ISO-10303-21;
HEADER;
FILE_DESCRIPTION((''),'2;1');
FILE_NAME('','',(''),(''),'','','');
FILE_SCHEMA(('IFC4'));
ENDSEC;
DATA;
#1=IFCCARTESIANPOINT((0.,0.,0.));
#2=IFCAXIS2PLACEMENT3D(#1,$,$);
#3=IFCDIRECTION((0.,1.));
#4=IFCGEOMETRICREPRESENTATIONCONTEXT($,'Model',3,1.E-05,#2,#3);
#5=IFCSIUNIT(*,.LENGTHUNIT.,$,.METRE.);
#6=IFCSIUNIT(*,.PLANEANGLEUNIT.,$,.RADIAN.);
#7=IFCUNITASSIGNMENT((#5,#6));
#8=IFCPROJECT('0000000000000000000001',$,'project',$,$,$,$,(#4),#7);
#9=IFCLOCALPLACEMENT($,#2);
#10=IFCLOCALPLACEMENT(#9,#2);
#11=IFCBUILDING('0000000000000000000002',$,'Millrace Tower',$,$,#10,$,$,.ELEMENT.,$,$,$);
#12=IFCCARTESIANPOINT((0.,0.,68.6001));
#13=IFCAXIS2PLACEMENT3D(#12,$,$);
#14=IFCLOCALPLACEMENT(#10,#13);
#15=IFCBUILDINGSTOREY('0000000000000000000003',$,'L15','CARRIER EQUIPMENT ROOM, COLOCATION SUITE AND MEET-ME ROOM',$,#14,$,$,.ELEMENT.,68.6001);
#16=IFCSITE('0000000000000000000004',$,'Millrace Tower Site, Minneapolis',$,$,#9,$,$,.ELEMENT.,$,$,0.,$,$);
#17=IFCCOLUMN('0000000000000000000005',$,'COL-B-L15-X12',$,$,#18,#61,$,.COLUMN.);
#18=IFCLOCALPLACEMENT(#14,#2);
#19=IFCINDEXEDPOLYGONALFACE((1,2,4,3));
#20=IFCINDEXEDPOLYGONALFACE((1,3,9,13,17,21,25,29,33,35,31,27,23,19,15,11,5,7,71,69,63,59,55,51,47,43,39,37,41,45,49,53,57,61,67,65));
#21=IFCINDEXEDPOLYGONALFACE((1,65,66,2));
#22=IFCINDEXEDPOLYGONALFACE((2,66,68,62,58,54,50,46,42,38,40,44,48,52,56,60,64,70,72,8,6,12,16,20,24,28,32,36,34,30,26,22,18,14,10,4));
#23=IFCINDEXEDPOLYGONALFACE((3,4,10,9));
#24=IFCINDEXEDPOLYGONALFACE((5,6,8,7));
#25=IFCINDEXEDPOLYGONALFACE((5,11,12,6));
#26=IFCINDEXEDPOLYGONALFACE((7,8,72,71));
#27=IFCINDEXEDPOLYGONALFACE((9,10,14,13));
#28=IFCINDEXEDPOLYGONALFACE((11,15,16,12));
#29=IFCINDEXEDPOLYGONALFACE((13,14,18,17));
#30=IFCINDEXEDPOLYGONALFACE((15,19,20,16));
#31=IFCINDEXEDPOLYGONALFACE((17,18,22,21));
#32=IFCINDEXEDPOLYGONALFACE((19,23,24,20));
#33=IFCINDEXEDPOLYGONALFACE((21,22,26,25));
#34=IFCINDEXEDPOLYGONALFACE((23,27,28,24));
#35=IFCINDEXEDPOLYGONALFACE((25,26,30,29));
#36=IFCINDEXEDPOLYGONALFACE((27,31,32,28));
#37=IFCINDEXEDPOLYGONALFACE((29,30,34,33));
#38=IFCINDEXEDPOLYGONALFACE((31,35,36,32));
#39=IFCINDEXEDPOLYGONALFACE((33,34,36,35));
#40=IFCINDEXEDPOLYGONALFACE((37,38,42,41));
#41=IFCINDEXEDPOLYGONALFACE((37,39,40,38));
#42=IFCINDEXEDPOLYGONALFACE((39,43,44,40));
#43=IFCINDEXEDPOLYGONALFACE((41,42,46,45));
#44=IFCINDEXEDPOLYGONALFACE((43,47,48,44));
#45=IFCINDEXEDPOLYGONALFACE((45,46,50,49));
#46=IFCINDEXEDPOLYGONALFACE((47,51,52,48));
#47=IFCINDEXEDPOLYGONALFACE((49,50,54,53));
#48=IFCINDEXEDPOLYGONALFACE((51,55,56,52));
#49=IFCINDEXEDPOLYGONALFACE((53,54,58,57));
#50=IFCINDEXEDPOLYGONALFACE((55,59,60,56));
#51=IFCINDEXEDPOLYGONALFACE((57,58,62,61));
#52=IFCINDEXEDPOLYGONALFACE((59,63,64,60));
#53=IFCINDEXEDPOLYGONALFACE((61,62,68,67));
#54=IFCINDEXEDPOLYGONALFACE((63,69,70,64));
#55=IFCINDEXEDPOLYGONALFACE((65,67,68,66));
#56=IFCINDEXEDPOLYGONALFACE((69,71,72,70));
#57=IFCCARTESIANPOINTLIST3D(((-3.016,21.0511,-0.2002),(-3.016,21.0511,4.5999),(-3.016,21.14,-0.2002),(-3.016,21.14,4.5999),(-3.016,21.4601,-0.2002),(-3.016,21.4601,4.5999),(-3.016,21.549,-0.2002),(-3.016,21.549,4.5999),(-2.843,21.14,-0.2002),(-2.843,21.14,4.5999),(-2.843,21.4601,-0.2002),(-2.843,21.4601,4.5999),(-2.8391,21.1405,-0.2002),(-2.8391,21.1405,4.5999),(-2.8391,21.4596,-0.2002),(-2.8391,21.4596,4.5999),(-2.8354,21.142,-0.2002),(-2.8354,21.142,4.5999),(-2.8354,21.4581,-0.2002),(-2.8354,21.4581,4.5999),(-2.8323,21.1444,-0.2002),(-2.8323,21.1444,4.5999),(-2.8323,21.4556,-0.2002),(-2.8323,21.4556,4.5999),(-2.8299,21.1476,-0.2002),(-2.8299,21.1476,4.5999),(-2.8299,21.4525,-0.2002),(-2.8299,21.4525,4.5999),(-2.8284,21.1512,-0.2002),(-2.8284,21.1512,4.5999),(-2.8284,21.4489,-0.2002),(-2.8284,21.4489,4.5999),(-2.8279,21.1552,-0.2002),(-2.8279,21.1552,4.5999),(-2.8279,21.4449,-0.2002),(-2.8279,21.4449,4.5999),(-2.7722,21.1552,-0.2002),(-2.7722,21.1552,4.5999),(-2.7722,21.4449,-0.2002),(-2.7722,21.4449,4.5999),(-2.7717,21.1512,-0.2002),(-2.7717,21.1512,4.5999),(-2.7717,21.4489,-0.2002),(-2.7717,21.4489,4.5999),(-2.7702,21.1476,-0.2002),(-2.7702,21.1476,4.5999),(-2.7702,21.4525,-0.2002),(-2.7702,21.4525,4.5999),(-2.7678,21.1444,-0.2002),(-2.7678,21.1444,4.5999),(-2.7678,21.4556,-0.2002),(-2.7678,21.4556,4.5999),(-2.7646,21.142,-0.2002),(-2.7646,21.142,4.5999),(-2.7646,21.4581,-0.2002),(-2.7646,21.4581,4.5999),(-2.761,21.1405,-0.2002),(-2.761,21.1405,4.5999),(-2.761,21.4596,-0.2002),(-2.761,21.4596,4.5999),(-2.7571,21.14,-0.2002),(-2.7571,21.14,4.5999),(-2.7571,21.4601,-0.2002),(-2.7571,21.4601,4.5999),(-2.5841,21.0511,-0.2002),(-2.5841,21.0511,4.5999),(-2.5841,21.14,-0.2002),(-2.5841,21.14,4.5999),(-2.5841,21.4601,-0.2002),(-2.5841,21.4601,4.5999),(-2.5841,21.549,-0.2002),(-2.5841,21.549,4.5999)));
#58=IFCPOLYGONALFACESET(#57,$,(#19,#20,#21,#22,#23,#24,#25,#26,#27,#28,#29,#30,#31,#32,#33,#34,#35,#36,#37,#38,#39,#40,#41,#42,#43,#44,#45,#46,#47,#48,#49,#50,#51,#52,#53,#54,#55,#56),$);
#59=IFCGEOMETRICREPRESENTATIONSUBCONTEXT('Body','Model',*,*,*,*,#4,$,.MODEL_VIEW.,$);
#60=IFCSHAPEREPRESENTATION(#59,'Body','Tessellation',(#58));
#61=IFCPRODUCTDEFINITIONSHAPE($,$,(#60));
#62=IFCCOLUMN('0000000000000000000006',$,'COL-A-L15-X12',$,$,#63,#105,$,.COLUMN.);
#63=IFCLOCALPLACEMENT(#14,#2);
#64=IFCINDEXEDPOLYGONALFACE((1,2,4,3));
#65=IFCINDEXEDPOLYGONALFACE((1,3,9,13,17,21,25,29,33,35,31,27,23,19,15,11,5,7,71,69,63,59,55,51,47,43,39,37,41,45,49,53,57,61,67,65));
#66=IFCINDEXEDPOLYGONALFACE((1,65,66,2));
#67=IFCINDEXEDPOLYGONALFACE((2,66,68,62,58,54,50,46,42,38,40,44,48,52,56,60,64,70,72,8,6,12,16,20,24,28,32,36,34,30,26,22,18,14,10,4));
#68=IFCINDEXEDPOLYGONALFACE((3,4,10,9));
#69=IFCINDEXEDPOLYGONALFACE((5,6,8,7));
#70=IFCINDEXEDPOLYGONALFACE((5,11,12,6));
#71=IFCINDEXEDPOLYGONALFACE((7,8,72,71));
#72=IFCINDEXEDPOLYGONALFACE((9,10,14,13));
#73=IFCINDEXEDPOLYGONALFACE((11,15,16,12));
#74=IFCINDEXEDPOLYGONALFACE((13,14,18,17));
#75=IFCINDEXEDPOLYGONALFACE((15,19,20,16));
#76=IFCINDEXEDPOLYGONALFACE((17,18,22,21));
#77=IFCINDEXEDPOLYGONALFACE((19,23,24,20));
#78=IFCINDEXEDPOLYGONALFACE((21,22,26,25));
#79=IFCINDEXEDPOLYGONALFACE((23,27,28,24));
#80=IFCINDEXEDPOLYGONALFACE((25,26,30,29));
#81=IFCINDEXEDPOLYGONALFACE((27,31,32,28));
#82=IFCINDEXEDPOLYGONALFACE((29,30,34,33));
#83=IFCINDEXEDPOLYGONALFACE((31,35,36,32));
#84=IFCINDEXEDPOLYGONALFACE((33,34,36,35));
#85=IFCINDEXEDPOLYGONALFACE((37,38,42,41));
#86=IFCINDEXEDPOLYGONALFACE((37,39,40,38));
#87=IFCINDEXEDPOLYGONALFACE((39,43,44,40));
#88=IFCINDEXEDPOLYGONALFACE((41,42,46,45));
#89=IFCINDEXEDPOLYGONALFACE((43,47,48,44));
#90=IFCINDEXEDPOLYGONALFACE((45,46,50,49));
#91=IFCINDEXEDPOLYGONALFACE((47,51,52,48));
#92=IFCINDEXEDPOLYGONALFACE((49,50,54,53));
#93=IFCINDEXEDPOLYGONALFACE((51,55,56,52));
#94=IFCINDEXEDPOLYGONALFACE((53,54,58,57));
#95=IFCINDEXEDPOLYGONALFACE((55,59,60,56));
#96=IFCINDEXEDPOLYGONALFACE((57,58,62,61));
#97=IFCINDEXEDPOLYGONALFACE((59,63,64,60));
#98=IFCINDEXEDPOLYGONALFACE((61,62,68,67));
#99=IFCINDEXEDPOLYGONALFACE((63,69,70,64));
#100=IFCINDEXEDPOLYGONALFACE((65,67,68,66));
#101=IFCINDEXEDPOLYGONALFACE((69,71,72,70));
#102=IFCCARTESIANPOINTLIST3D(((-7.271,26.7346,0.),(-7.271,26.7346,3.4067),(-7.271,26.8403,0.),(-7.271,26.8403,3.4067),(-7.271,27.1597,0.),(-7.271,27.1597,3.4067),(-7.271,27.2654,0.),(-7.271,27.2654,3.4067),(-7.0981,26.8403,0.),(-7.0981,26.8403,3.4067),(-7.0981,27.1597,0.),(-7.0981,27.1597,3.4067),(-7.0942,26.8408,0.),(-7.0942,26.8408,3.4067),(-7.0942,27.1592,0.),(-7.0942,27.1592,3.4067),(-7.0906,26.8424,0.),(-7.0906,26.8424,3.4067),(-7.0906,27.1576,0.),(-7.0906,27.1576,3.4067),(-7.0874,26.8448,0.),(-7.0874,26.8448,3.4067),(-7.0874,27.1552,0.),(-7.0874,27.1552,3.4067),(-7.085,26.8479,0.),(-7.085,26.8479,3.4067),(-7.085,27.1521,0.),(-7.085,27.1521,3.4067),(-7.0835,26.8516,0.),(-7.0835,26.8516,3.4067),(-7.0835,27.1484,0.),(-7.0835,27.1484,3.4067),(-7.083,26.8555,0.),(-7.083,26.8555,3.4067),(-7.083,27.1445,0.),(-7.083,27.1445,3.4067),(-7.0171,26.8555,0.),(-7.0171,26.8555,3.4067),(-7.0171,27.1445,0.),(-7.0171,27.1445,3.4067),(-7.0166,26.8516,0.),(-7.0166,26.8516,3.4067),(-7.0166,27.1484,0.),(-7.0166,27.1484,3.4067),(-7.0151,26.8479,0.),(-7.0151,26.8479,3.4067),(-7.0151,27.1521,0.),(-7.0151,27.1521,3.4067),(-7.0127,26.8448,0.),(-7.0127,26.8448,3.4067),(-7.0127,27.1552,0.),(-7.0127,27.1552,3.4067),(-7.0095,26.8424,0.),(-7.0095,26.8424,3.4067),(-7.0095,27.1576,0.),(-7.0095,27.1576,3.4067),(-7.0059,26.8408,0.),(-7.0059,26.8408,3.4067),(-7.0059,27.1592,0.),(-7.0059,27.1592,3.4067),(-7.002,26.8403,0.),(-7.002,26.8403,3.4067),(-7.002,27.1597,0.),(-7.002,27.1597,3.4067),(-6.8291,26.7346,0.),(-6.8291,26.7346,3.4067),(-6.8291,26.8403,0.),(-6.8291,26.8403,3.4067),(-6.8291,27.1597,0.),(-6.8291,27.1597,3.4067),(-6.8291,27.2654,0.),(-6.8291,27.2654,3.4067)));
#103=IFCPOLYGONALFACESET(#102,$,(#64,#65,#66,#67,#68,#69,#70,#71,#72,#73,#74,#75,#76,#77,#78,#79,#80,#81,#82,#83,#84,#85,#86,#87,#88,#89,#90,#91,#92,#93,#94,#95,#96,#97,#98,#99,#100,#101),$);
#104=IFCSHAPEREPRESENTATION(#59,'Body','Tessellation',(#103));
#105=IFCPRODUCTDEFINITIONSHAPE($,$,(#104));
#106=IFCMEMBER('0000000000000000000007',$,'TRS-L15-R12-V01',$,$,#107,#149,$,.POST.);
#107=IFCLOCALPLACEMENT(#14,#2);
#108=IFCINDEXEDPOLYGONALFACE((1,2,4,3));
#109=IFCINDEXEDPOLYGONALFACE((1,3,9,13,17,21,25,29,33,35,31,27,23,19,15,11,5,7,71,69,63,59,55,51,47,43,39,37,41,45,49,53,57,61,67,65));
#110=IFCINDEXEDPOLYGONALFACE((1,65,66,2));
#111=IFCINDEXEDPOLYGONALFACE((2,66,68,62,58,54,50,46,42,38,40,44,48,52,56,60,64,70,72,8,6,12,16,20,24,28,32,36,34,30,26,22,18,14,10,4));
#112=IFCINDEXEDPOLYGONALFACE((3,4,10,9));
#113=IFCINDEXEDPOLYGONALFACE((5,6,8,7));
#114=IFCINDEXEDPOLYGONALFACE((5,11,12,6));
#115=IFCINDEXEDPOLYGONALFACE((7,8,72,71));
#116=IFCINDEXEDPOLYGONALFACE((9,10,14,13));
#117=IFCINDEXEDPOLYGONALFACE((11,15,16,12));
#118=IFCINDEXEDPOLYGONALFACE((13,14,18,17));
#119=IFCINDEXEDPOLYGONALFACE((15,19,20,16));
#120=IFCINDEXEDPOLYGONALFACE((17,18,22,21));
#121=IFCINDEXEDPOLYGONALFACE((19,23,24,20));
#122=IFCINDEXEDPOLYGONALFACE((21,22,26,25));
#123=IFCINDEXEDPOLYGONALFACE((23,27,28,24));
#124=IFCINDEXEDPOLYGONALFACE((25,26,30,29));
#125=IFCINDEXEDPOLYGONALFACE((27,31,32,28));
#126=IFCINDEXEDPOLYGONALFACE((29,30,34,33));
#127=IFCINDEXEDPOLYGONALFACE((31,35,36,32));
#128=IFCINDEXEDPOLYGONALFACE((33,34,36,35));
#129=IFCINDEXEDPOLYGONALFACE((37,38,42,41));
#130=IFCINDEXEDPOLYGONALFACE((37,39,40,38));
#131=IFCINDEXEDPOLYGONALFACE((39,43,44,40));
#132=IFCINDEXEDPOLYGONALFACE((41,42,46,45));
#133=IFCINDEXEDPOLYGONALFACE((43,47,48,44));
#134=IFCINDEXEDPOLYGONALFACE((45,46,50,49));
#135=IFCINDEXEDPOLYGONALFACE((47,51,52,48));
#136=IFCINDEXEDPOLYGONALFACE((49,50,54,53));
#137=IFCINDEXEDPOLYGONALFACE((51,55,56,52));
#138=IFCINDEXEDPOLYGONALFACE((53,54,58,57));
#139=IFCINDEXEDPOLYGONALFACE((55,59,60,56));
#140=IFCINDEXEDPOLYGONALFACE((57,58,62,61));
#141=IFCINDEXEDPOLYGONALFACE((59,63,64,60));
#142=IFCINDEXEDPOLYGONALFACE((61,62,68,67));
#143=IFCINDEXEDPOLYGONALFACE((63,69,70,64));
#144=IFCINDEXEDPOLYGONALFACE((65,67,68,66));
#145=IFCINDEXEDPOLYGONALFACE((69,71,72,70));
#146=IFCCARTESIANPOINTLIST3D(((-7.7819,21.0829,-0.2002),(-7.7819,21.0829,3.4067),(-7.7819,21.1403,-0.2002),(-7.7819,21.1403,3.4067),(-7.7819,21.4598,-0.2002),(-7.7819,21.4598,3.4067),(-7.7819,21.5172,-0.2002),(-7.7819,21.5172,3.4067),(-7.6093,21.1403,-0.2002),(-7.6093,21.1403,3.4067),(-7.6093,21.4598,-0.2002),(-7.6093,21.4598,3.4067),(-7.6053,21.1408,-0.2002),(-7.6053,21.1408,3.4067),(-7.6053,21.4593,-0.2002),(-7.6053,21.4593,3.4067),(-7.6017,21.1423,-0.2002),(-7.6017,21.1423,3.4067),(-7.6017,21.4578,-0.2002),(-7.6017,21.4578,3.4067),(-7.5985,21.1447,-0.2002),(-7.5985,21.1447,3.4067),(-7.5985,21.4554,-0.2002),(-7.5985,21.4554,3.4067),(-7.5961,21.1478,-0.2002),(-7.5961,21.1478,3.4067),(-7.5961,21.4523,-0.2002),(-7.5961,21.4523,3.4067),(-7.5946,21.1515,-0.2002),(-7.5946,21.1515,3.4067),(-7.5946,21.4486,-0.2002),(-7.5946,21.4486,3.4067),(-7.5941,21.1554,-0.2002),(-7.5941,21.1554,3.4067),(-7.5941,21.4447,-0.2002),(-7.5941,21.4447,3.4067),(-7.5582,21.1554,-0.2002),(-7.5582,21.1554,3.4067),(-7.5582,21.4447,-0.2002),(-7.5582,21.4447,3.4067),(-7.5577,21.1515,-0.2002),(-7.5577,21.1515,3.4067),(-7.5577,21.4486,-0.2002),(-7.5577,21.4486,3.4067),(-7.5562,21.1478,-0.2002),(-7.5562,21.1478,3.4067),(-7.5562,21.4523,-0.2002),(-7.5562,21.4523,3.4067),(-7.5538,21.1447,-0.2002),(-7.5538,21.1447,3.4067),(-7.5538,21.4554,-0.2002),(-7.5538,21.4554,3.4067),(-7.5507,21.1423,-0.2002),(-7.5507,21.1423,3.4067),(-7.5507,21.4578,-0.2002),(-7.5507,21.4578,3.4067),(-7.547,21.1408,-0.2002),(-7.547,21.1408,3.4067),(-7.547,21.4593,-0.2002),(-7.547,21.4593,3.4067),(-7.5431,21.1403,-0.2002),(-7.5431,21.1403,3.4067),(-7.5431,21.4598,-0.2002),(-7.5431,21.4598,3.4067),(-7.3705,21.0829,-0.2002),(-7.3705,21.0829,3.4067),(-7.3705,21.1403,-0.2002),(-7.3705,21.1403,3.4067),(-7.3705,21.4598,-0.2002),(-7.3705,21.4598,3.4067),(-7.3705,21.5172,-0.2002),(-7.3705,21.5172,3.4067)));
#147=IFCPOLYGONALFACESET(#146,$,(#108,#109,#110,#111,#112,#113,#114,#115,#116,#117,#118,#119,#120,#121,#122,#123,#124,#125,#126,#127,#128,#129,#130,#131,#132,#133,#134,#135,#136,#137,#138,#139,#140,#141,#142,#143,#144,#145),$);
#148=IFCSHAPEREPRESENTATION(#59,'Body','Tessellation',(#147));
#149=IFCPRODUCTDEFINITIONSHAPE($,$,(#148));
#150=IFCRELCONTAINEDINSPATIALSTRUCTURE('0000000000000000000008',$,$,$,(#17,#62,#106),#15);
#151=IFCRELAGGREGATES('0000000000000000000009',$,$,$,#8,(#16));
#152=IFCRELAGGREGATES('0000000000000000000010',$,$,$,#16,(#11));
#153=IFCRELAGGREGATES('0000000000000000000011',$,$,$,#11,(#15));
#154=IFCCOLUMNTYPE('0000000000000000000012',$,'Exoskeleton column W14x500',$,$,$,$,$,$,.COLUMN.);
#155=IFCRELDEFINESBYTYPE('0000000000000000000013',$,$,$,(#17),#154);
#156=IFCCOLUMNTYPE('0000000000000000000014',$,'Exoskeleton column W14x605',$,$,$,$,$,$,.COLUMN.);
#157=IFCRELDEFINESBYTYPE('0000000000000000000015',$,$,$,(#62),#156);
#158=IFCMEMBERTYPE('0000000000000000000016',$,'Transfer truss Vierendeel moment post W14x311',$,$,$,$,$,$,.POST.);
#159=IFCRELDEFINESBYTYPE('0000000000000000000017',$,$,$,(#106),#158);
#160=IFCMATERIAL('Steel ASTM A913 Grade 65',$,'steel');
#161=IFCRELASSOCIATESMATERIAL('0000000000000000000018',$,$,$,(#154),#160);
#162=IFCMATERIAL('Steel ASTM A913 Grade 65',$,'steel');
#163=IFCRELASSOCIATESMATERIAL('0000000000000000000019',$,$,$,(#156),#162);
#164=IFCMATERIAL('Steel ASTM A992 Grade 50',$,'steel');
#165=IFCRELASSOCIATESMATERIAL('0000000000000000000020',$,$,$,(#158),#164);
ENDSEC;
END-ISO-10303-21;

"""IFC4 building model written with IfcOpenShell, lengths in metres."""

from ifc_helpers import new_model, si_unit, direction, frame, origin, origin_2d, place, context, subcontext, project, spatial, i_section, extrude, material, material_profile, profile_set, type_object, element, save


model = new_model("IFC4")

# Units and contexts
model_context = context("Model", 3, precision=1e-05, world=origin(), true_north=direction((0.0, 1.0)))
body_context = subcontext(model_context, "Body", "Model", "MODEL_VIEW")
ifc_project = project(units=[si_unit("LENGTHUNIT", "METRE"), si_unit("PLANEANGLEUNIT", "RADIAN")], contexts=[model_context])

# Site, building, storey
site_placement = place(None, origin())
site = spatial("IfcSite", under=ifc_project, at=site_placement, Name="Millrace Tower Site, Minneapolis", CompositionType="ELEMENT", RefElevation=0.0)
building_placement = place(site_placement, origin())
building = spatial("IfcBuilding", under=site, at=building_placement, Name="Millrace Tower", CompositionType="ELEMENT")
storey_placement = place(building_placement, frame((0.0, 0.0, 68.6001)))
storey = spatial("IfcBuildingStorey", under=building, at=storey_placement, Name="L15", Description="CARRIER EQUIPMENT ROOM, COLOCATION SUITE AND MEET-ME ROOM", CompositionType="ELEMENT", Elevation=68.6001)

# Columns
ifc_material_1 = material(Name="Steel ASTM A913 Grade 65", Category="steel")
ifc_material_profile_1 = material_profile(ifc_material_1, i_section(OverallWidth=0.4319, OverallDepth=0.4978, WebThickness=0.0557, FlangeThickness=0.0889, FilletRadius=0.0151, at=origin_2d()))
ifc_profile_set_1 = profile_set([ifc_material_profile_1], Name="Steel ASTM A913 Grade 65")
column_type_1 = type_object("IfcColumnType", Name="Exoskeleton column W14x500", PredefinedType="COLUMN", material=ifc_profile_set_1)
column_1_placement = place(storey_placement, frame((-2.8, 21.3, -0.2002), z_axis=(0.0, 0.0, 1.0), x_axis=(-1.0, 0.0, 0.0)))
element("IfcColumn", 1, at=column_1_placement, inside=storey, type_object=column_type_1, Name="COL-B-L15-X12", PredefinedType="COLUMN", context=body_context, shape_type="SweptSolid", body=[
    extrude(i_section(OverallWidth=0.4319, OverallDepth=0.4978, WebThickness=0.0557, FlangeThickness=0.0889, FilletRadius=0.0151, at=origin_2d()), origin(), (0.0, 0.0, 1.0), 4.8),
])
ifc_material_2 = material(Name="Steel ASTM A913 Grade 65", Category="steel")
ifc_material_profile_2 = material_profile(ifc_material_2, i_section(OverallWidth=0.4419, OverallDepth=0.5308, WebThickness=0.0659, FlangeThickness=0.1057, FilletRadius=0.0151, at=origin_2d()))
ifc_profile_set_2 = profile_set([ifc_material_profile_2], Name="Steel ASTM A913 Grade 65")
column_type_2 = type_object("IfcColumnType", Name="Exoskeleton column W14x605", PredefinedType="COLUMN", material=ifc_profile_set_2)
column_2_placement = place(storey_placement, frame((-7.05, 27.0, 0.0), z_axis=(0.0, 0.0, 1.0), x_axis=(-1.0, 0.0, 0.0)))
element("IfcColumn", 2, at=column_2_placement, inside=storey, type_object=column_type_2, Name="COL-A-L15-X12", PredefinedType="COLUMN", context=body_context, shape_type="SweptSolid", body=[
    extrude(i_section(OverallWidth=0.4419, OverallDepth=0.5308, WebThickness=0.0659, FlangeThickness=0.1057, FilletRadius=0.0151, at=origin_2d()), origin(), (0.0, 0.0, 1.0), 3.4067),
])

# Member
ifc_material_3 = material(Name="Steel ASTM A992 Grade 50", Category="steel")
ifc_material_profile_3 = material_profile(ifc_material_3, i_section(OverallWidth=0.4114, OverallDepth=0.4343, WebThickness=0.0359, FlangeThickness=0.0574, FilletRadius=0.0151, at=origin_2d()))
ifc_profile_set_3 = profile_set([ifc_material_profile_3], Name="Steel ASTM A992 Grade 50")
member_type_1 = type_object("IfcMemberType", Name="Transfer truss Vierendeel moment post W14x311", PredefinedType="POST", material=ifc_profile_set_3)
member_1_placement = place(storey_placement, frame((-7.5762, 21.3, -0.2002), z_axis=(0.0, 0.0, 1.0), x_axis=(1.0, 0.0, 0.0)))
element("IfcMember", 3, at=member_1_placement, inside=storey, type_object=member_type_1, Name="TRS-L15-R12-V01", PredefinedType="POST", context=body_context, shape_type="SweptSolid", body=[
    extrude(i_section(OverallWidth=0.4114, OverallDepth=0.4343, WebThickness=0.0359, FlangeThickness=0.0574, FilletRadius=0.0151, at=origin_2d()), origin(), (0.0, 0.0, 1.0), 3.6069),
])

save(model, "model.ifc")
